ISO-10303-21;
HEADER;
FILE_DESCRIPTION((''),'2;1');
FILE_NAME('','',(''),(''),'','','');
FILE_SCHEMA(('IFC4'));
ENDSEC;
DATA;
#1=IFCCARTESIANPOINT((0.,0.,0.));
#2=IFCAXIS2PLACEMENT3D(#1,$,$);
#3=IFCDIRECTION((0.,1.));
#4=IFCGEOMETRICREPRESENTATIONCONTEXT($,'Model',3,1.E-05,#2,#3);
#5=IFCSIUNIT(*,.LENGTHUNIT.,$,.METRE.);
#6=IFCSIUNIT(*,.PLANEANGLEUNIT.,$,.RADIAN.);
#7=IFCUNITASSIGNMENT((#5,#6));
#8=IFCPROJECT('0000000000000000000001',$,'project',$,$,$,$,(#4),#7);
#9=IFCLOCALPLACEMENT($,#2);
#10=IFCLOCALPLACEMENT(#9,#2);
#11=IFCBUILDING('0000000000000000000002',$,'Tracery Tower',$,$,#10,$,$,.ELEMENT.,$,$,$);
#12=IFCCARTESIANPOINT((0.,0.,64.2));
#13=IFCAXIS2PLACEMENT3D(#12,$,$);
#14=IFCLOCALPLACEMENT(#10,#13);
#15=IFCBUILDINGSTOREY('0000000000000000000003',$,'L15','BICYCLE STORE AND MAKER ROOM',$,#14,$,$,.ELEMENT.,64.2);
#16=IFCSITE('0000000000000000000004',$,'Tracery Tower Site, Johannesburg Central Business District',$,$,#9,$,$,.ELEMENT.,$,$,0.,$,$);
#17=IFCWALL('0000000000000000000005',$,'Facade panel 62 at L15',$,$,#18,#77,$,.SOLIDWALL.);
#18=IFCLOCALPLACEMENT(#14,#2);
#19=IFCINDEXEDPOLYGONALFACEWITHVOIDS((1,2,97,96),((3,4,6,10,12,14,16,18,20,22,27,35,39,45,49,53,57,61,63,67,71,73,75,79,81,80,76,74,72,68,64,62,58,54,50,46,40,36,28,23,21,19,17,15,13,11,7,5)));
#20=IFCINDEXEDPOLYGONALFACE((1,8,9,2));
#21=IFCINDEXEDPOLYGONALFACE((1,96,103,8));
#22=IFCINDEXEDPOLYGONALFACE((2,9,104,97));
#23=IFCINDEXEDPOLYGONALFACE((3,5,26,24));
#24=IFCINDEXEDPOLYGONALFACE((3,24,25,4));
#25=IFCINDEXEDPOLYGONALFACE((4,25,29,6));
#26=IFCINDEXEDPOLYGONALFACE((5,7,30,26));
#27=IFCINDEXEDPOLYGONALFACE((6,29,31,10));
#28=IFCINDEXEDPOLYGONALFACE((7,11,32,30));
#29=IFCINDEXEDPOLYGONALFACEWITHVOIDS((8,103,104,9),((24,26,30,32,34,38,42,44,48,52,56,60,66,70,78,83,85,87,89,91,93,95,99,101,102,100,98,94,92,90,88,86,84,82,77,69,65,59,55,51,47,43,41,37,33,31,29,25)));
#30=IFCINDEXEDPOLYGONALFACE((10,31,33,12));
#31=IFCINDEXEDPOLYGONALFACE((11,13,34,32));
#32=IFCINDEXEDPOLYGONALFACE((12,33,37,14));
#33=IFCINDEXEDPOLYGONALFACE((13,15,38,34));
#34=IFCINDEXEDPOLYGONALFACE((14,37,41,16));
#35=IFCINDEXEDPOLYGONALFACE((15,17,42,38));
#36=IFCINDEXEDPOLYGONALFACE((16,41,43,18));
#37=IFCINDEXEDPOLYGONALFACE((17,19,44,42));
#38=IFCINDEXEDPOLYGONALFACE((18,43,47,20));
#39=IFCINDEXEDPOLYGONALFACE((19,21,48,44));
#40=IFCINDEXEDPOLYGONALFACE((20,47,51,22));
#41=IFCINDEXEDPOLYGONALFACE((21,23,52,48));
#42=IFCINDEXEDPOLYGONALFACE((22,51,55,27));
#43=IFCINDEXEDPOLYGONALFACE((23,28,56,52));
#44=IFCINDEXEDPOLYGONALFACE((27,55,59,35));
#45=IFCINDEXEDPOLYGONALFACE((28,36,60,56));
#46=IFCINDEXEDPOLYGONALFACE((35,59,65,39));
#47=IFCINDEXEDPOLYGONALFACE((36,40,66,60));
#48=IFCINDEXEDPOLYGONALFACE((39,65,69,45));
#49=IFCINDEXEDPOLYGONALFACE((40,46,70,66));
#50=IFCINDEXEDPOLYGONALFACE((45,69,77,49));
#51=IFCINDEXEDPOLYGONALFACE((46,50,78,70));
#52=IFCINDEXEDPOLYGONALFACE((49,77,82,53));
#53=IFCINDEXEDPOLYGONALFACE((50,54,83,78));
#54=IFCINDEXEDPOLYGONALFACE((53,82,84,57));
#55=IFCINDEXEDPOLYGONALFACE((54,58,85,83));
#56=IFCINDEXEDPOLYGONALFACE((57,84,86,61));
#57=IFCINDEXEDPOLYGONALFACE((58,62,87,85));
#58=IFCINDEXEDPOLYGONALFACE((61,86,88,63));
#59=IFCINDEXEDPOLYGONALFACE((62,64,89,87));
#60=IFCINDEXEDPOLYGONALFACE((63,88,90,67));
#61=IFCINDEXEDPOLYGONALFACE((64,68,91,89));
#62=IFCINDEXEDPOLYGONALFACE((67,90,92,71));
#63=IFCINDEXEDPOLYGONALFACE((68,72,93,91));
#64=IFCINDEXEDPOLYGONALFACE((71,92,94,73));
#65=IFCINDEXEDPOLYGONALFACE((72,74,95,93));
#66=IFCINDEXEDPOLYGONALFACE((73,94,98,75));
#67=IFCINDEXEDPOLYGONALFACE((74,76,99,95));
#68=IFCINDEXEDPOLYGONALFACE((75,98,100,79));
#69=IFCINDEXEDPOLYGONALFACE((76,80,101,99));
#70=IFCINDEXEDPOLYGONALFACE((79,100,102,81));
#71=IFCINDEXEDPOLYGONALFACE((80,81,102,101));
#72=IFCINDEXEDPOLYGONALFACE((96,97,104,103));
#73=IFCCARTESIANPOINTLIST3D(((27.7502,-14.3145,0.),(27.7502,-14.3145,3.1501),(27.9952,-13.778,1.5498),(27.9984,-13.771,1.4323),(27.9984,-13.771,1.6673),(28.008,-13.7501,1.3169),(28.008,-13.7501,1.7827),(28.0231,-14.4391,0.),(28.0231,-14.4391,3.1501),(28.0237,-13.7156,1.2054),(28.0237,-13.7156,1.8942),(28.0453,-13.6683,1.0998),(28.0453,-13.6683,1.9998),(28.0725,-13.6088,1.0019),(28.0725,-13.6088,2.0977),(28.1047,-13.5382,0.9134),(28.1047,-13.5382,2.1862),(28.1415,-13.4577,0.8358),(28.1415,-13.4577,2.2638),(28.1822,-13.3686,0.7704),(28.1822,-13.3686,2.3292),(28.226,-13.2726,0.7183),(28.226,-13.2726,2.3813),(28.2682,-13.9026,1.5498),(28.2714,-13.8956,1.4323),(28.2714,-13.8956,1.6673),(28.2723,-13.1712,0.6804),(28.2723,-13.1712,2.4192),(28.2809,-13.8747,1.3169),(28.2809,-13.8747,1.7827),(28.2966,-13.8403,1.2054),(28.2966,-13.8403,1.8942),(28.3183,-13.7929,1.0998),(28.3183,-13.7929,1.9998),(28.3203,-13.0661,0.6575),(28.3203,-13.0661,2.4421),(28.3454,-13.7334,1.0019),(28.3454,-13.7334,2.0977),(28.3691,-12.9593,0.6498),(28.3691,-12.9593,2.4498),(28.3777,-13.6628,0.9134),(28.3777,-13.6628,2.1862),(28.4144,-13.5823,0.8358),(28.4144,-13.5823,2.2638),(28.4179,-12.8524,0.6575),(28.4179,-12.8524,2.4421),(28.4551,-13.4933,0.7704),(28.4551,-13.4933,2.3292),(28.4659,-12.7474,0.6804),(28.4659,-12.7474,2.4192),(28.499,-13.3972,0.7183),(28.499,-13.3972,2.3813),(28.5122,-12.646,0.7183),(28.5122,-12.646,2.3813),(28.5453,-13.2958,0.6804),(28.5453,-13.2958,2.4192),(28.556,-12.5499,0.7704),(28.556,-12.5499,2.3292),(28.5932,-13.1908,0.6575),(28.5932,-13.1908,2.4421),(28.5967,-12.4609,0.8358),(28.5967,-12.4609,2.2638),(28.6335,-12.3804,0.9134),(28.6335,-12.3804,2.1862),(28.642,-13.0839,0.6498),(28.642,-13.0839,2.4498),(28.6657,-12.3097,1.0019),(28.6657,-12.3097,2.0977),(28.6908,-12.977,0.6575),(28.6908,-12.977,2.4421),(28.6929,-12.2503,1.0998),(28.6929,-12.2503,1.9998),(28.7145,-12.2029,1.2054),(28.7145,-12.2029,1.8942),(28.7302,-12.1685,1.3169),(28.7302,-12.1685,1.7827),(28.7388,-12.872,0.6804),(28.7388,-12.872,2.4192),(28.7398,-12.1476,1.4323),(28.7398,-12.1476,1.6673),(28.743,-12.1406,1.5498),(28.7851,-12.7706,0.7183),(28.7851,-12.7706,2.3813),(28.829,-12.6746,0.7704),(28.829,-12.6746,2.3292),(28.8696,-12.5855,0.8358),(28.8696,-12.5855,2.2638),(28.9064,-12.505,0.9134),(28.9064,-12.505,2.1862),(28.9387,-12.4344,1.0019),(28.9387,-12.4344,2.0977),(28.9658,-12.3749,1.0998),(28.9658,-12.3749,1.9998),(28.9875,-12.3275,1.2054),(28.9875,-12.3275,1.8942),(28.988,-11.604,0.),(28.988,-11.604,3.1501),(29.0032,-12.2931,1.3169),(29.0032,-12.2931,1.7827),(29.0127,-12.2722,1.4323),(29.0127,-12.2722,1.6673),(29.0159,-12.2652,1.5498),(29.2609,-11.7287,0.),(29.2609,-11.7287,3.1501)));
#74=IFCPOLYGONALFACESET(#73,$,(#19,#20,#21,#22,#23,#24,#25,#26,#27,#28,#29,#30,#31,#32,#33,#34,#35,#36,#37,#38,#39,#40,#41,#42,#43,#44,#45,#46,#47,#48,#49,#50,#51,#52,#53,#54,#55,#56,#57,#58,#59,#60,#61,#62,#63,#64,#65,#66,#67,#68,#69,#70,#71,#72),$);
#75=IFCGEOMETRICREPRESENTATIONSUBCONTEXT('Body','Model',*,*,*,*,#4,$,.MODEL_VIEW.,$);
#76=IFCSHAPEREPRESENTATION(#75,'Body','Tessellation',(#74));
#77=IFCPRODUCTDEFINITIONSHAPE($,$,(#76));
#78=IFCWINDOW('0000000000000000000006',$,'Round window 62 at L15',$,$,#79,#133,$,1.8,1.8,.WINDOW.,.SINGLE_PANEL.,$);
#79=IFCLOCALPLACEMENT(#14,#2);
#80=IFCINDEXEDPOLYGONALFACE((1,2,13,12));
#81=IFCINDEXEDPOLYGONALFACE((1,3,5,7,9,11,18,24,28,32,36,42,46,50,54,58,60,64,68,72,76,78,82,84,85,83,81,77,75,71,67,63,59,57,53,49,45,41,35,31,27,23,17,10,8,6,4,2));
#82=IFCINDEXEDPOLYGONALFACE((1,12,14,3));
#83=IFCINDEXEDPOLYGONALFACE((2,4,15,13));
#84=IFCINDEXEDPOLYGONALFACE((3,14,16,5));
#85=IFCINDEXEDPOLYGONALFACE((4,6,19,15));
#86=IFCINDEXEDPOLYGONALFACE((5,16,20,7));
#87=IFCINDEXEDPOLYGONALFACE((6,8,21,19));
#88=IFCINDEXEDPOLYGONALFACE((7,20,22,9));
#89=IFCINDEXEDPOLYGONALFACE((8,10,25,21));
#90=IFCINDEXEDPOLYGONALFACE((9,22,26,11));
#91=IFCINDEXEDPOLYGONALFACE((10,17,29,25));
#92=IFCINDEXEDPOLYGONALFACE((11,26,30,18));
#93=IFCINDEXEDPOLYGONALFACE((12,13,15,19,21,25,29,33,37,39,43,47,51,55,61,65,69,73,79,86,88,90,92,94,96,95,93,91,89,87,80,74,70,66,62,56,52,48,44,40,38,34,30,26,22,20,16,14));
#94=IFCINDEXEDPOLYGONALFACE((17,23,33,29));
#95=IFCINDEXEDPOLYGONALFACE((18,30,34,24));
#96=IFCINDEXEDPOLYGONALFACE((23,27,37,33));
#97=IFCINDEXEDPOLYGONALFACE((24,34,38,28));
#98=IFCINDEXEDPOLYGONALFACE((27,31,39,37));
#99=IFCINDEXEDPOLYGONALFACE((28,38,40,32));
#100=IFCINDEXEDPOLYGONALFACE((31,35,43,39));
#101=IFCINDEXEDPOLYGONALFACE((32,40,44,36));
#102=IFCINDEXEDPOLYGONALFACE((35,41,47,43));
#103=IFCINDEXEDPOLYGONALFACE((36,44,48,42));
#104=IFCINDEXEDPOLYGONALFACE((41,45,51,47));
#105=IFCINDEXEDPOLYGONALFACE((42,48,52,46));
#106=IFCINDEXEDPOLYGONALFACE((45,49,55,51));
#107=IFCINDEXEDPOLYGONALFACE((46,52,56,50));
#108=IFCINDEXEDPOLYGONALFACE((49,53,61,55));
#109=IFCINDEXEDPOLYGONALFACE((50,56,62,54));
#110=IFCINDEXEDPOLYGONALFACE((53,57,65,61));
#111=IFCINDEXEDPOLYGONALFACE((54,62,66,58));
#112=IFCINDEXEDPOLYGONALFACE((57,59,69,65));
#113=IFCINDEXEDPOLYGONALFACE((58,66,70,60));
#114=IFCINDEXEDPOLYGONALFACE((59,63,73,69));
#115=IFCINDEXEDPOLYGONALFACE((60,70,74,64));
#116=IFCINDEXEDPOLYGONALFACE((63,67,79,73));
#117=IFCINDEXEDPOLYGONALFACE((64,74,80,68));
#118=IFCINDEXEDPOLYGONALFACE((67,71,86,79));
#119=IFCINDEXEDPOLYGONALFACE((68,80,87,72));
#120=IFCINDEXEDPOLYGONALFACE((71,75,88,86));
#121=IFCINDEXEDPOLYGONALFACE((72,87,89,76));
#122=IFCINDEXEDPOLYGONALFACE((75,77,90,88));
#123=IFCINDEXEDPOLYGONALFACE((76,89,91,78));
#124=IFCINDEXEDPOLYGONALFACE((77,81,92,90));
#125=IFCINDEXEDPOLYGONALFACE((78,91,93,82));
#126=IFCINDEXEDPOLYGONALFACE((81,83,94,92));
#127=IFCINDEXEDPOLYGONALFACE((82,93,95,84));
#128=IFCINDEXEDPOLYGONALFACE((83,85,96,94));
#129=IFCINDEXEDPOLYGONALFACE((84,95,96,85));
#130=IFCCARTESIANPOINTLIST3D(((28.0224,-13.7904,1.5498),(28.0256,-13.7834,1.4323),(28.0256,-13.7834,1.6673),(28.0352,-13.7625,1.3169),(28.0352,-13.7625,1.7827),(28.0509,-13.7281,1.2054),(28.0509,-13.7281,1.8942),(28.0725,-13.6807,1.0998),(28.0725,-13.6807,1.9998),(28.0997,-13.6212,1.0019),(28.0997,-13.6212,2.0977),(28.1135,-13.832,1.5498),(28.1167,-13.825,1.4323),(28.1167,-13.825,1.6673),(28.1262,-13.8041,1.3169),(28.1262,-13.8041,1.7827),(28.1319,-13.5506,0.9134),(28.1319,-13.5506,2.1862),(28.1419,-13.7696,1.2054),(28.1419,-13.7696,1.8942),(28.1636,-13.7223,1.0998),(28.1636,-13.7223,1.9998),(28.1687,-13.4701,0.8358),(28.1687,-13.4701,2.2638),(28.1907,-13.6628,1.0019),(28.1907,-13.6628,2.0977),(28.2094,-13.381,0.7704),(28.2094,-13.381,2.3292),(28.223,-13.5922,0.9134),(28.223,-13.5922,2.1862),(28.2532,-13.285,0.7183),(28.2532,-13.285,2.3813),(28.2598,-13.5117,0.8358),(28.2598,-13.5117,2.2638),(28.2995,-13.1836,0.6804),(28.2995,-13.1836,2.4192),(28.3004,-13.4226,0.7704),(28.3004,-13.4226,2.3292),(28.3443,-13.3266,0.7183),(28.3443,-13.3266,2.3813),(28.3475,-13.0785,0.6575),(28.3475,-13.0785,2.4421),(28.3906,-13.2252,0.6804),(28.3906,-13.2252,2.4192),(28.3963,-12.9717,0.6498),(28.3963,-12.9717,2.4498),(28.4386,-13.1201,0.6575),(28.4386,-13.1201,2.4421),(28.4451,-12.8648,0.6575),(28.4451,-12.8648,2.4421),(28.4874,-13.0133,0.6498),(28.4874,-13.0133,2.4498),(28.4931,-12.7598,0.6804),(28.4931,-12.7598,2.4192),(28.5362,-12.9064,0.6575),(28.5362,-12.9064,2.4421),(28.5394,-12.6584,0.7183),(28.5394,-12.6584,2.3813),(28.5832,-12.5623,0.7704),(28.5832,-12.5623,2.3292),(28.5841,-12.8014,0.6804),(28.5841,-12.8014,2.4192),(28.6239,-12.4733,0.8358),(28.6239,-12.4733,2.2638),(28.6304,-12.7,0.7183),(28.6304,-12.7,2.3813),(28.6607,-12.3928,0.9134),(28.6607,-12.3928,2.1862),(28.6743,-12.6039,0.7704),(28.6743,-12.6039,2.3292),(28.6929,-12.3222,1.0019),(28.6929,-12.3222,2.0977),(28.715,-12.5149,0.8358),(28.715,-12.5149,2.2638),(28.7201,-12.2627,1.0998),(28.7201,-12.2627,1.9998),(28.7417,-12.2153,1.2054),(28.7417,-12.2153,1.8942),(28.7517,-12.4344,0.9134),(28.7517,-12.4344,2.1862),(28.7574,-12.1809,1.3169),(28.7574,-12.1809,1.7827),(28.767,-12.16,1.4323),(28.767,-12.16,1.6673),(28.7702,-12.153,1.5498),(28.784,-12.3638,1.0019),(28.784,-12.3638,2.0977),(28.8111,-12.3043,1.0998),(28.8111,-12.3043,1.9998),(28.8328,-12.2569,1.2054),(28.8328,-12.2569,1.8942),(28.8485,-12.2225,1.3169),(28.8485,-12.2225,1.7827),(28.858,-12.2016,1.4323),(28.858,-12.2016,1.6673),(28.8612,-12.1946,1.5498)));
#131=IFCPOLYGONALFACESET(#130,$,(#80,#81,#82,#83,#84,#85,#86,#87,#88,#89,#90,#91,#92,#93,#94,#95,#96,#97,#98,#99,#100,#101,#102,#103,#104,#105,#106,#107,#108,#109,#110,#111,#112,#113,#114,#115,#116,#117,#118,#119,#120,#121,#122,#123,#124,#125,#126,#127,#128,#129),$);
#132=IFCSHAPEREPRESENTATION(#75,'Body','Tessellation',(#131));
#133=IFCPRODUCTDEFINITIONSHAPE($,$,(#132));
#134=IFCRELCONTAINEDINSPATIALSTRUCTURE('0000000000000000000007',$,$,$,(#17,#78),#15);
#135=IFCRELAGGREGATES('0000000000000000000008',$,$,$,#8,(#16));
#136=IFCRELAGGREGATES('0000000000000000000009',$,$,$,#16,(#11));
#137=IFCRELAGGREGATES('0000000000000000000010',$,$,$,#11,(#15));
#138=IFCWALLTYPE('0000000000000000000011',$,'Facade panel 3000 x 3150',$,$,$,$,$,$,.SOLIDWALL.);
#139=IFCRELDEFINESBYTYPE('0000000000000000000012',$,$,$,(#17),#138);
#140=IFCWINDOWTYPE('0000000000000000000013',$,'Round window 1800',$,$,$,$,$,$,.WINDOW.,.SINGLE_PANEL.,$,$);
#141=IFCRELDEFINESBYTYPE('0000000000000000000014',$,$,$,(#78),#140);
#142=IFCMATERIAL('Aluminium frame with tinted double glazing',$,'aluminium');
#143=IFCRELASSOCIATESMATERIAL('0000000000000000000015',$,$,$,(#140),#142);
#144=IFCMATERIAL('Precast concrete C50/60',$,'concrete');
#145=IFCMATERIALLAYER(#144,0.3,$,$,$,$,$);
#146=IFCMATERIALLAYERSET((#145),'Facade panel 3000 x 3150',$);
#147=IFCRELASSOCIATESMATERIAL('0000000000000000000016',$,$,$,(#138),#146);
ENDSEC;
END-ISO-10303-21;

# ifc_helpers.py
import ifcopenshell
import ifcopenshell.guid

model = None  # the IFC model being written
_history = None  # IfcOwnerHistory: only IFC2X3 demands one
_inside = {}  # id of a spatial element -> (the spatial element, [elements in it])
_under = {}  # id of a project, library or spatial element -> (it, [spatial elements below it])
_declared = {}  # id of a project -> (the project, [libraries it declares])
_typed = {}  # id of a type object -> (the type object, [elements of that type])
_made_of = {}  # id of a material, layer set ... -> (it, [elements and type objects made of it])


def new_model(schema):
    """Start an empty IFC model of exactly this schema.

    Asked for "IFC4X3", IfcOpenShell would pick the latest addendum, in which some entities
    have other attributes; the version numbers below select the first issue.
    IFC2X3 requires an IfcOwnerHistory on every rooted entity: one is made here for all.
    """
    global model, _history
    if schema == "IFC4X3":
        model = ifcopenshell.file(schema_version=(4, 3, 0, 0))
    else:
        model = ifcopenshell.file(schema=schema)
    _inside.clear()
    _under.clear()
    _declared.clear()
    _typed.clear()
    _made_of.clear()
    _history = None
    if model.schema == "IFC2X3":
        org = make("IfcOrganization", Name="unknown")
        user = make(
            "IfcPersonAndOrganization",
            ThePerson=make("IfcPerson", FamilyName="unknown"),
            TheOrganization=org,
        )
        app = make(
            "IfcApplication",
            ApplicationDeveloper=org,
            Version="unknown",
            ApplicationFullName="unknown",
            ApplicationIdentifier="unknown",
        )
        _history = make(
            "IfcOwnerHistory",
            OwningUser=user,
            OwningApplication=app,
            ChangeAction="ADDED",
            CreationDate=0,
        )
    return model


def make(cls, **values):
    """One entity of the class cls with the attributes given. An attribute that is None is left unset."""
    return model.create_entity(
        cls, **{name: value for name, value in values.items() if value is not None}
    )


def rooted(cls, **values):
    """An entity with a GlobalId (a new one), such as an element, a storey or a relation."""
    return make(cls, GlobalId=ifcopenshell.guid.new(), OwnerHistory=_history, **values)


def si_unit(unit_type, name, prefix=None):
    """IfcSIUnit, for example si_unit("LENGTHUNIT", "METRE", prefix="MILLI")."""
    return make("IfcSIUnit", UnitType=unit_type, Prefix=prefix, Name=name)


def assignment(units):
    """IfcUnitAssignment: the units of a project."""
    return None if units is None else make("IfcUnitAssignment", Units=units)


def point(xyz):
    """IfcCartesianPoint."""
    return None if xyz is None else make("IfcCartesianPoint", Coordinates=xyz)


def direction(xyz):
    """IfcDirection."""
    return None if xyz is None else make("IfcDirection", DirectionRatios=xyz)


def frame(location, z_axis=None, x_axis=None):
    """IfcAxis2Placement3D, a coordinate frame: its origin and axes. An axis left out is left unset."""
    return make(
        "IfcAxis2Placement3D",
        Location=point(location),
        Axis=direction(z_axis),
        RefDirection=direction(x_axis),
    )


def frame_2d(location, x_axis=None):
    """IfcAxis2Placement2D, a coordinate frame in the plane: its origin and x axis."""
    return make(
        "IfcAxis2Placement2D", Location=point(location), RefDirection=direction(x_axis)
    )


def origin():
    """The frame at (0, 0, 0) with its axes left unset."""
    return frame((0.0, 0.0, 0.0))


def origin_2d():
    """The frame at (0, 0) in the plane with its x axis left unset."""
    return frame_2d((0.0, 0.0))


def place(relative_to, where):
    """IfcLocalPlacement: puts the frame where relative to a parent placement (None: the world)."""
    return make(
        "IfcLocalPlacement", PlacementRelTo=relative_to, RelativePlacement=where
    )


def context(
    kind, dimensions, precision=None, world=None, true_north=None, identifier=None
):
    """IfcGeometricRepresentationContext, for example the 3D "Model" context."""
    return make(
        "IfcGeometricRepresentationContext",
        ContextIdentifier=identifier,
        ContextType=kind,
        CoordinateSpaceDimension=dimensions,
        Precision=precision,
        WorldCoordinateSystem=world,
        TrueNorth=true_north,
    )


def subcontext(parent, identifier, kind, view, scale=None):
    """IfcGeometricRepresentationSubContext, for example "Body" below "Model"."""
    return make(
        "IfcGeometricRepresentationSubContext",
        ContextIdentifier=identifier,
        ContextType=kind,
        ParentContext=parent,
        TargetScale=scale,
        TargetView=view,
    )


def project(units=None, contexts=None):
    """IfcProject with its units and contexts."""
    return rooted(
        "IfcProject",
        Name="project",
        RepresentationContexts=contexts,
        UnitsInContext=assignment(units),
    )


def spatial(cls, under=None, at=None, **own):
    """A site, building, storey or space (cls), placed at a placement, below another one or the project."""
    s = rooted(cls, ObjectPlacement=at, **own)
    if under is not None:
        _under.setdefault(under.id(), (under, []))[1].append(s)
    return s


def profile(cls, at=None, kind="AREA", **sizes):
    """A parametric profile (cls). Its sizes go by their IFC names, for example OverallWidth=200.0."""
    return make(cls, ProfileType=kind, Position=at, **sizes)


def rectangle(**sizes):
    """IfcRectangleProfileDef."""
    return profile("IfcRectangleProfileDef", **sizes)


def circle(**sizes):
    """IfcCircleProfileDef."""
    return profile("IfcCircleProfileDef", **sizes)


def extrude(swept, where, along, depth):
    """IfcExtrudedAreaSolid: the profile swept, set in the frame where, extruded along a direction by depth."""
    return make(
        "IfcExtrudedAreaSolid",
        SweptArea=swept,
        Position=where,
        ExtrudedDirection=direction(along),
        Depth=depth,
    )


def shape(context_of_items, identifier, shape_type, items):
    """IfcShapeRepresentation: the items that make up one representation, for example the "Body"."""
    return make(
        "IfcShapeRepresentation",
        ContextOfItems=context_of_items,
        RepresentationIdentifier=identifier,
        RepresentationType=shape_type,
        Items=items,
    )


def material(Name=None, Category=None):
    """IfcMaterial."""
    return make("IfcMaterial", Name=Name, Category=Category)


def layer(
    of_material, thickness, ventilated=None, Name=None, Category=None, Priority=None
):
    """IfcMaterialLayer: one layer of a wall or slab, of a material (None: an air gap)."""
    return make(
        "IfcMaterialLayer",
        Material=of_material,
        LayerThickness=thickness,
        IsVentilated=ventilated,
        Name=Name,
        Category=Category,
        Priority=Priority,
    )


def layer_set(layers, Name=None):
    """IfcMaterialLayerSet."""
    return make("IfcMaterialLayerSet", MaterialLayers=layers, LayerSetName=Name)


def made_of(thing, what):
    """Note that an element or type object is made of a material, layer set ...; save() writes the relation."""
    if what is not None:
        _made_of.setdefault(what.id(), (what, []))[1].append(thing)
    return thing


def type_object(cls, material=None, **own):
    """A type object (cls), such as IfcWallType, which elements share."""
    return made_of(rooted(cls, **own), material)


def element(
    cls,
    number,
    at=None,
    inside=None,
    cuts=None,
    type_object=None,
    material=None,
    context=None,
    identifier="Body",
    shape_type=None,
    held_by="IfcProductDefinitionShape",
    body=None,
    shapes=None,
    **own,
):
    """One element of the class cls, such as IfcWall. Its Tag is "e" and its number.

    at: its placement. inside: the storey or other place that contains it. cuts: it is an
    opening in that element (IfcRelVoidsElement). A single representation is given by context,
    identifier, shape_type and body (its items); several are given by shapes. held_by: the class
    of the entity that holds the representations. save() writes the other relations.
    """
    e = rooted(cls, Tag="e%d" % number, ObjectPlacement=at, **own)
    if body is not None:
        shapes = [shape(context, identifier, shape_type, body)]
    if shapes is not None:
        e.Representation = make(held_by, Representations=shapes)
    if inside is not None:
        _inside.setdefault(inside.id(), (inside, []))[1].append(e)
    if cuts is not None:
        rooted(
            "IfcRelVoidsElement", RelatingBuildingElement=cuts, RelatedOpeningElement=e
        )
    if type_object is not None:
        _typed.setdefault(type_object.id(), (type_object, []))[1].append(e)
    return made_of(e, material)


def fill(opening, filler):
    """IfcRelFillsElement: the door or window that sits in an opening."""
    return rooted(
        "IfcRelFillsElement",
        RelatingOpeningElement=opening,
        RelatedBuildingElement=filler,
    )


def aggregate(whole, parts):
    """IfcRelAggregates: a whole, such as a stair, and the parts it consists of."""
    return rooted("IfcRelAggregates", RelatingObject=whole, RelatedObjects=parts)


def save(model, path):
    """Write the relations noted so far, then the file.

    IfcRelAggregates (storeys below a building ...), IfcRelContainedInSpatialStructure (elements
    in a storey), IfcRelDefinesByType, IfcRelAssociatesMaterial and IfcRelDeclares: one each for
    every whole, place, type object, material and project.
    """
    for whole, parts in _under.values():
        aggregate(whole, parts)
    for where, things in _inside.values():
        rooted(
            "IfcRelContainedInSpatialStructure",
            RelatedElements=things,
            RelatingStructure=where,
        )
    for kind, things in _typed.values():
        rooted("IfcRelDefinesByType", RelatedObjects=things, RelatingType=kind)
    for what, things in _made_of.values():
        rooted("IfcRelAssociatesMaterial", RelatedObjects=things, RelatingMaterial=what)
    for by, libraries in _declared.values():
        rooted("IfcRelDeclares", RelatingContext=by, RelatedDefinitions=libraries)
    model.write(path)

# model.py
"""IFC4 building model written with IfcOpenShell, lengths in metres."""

from ifc_helpers import new_model, si_unit, direction, frame, frame_2d, origin, origin_2d, place, context, subcontext, project, spatial, rectangle, circle, extrude, material, layer, layer_set, type_object, element, fill, save


model = new_model("IFC4")

# Units and contexts
model_context = context("Model", 3, precision=1e-05, world=origin(), true_north=direction((0.0, 1.0)))
body_context = subcontext(model_context, "Body", "Model", "MODEL_VIEW")
ifc_project = project(units=[si_unit("LENGTHUNIT", "METRE"), si_unit("PLANEANGLEUNIT", "RADIAN")], contexts=[model_context])

# Site, building, storey
site_placement = place(None, origin())
site = spatial("IfcSite", under=ifc_project, at=site_placement, Name="Tracery Tower Site, Johannesburg Central Business District", CompositionType="ELEMENT", RefElevation=0.0)
building_placement = place(site_placement, origin())
building = spatial("IfcBuilding", under=site, at=building_placement, Name="Tracery Tower", CompositionType="ELEMENT")
storey_placement = place(building_placement, frame((0.0, 0.0, 64.2)))
storey = spatial("IfcBuildingStorey", under=building, at=storey_placement, Name="L15", Description="BICYCLE STORE AND MAKER ROOM", CompositionType="ELEMENT", Elevation=64.2)

# Wall, opening, window
ifc_material_1 = material(Name="Aluminium frame with tinted double glazing", Category="aluminium")
window_type = type_object("IfcWindowType", Name="Round window 1800", PartitioningType="SINGLE_PANEL", PredefinedType="WINDOW", material=ifc_material_1)
ifc_material_2 = material(Name="Precast concrete C50/60", Category="concrete")
ifc_layer_1 = layer(ifc_material_2, 0.3)
ifc_layer_set_1 = layer_set([ifc_layer_1], Name="Facade panel 3000 x 3150")
wall_type_1 = type_object("IfcWallType", Name="Facade panel 3000 x 3150", PredefinedType="SOLIDWALL", material=ifc_layer_set_1)
wall_1_placement = place(storey_placement, frame((27.8867, -14.3767, 0.0), z_axis=(0.0, 0.0, 1.0), x_axis=(0.415407, 0.909636, 0.0)))
wall_1 = element("IfcWall", 1, at=wall_1_placement, inside=storey, type_object=wall_type_1, Name="Facade panel 62 at L15", PredefinedType="SOLIDWALL", context=body_context, shape_type="SweptSolid", body=[
    extrude(rectangle(XDim=2.9797, YDim=0.3, at=frame_2d((1.4897, 0.0))), origin(), (0.0, 0.0, 1.0), 3.1501),
])
opening_1_placement = place(wall_1_placement, frame((1.4897, 0.0, 1.5498)))
opening_1 = element("IfcOpeningElement", 2, at=opening_1_placement, cuts=wall_1, PredefinedType="OPENING", context=body_context, shape_type="SweptSolid", body=[
    extrude(circle(Radius=0.9, at=origin_2d()), frame((0.0, 0.1599, 0.0), z_axis=(0.0, -1.0, 0.0), x_axis=(1.0, 0.0, 0.0)), (0.0, 0.0, 1.0), 0.3201),
])
window_1_placement = place(opening_1_placement, origin())
window_1 = element("IfcWindow", 3, at=window_1_placement, inside=storey, type_object=window_type, Name="Round window 62 at L15", OverallHeight=1.8, OverallWidth=1.8, PartitioningType="SINGLE_PANEL", PredefinedType="WINDOW", context=body_context, shape_type="SweptSolid", body=[
    extrude(circle(Radius=0.9, at=origin_2d()), frame((0.0, 0.1201, 0.0), z_axis=(0.0, -1.0, 0.0), x_axis=(1.0, 0.0, 0.0)), (0.0, 0.0, 1.0), 0.1001),
])
fill(opening_1, window_1)

save(model, "model.ifc")
